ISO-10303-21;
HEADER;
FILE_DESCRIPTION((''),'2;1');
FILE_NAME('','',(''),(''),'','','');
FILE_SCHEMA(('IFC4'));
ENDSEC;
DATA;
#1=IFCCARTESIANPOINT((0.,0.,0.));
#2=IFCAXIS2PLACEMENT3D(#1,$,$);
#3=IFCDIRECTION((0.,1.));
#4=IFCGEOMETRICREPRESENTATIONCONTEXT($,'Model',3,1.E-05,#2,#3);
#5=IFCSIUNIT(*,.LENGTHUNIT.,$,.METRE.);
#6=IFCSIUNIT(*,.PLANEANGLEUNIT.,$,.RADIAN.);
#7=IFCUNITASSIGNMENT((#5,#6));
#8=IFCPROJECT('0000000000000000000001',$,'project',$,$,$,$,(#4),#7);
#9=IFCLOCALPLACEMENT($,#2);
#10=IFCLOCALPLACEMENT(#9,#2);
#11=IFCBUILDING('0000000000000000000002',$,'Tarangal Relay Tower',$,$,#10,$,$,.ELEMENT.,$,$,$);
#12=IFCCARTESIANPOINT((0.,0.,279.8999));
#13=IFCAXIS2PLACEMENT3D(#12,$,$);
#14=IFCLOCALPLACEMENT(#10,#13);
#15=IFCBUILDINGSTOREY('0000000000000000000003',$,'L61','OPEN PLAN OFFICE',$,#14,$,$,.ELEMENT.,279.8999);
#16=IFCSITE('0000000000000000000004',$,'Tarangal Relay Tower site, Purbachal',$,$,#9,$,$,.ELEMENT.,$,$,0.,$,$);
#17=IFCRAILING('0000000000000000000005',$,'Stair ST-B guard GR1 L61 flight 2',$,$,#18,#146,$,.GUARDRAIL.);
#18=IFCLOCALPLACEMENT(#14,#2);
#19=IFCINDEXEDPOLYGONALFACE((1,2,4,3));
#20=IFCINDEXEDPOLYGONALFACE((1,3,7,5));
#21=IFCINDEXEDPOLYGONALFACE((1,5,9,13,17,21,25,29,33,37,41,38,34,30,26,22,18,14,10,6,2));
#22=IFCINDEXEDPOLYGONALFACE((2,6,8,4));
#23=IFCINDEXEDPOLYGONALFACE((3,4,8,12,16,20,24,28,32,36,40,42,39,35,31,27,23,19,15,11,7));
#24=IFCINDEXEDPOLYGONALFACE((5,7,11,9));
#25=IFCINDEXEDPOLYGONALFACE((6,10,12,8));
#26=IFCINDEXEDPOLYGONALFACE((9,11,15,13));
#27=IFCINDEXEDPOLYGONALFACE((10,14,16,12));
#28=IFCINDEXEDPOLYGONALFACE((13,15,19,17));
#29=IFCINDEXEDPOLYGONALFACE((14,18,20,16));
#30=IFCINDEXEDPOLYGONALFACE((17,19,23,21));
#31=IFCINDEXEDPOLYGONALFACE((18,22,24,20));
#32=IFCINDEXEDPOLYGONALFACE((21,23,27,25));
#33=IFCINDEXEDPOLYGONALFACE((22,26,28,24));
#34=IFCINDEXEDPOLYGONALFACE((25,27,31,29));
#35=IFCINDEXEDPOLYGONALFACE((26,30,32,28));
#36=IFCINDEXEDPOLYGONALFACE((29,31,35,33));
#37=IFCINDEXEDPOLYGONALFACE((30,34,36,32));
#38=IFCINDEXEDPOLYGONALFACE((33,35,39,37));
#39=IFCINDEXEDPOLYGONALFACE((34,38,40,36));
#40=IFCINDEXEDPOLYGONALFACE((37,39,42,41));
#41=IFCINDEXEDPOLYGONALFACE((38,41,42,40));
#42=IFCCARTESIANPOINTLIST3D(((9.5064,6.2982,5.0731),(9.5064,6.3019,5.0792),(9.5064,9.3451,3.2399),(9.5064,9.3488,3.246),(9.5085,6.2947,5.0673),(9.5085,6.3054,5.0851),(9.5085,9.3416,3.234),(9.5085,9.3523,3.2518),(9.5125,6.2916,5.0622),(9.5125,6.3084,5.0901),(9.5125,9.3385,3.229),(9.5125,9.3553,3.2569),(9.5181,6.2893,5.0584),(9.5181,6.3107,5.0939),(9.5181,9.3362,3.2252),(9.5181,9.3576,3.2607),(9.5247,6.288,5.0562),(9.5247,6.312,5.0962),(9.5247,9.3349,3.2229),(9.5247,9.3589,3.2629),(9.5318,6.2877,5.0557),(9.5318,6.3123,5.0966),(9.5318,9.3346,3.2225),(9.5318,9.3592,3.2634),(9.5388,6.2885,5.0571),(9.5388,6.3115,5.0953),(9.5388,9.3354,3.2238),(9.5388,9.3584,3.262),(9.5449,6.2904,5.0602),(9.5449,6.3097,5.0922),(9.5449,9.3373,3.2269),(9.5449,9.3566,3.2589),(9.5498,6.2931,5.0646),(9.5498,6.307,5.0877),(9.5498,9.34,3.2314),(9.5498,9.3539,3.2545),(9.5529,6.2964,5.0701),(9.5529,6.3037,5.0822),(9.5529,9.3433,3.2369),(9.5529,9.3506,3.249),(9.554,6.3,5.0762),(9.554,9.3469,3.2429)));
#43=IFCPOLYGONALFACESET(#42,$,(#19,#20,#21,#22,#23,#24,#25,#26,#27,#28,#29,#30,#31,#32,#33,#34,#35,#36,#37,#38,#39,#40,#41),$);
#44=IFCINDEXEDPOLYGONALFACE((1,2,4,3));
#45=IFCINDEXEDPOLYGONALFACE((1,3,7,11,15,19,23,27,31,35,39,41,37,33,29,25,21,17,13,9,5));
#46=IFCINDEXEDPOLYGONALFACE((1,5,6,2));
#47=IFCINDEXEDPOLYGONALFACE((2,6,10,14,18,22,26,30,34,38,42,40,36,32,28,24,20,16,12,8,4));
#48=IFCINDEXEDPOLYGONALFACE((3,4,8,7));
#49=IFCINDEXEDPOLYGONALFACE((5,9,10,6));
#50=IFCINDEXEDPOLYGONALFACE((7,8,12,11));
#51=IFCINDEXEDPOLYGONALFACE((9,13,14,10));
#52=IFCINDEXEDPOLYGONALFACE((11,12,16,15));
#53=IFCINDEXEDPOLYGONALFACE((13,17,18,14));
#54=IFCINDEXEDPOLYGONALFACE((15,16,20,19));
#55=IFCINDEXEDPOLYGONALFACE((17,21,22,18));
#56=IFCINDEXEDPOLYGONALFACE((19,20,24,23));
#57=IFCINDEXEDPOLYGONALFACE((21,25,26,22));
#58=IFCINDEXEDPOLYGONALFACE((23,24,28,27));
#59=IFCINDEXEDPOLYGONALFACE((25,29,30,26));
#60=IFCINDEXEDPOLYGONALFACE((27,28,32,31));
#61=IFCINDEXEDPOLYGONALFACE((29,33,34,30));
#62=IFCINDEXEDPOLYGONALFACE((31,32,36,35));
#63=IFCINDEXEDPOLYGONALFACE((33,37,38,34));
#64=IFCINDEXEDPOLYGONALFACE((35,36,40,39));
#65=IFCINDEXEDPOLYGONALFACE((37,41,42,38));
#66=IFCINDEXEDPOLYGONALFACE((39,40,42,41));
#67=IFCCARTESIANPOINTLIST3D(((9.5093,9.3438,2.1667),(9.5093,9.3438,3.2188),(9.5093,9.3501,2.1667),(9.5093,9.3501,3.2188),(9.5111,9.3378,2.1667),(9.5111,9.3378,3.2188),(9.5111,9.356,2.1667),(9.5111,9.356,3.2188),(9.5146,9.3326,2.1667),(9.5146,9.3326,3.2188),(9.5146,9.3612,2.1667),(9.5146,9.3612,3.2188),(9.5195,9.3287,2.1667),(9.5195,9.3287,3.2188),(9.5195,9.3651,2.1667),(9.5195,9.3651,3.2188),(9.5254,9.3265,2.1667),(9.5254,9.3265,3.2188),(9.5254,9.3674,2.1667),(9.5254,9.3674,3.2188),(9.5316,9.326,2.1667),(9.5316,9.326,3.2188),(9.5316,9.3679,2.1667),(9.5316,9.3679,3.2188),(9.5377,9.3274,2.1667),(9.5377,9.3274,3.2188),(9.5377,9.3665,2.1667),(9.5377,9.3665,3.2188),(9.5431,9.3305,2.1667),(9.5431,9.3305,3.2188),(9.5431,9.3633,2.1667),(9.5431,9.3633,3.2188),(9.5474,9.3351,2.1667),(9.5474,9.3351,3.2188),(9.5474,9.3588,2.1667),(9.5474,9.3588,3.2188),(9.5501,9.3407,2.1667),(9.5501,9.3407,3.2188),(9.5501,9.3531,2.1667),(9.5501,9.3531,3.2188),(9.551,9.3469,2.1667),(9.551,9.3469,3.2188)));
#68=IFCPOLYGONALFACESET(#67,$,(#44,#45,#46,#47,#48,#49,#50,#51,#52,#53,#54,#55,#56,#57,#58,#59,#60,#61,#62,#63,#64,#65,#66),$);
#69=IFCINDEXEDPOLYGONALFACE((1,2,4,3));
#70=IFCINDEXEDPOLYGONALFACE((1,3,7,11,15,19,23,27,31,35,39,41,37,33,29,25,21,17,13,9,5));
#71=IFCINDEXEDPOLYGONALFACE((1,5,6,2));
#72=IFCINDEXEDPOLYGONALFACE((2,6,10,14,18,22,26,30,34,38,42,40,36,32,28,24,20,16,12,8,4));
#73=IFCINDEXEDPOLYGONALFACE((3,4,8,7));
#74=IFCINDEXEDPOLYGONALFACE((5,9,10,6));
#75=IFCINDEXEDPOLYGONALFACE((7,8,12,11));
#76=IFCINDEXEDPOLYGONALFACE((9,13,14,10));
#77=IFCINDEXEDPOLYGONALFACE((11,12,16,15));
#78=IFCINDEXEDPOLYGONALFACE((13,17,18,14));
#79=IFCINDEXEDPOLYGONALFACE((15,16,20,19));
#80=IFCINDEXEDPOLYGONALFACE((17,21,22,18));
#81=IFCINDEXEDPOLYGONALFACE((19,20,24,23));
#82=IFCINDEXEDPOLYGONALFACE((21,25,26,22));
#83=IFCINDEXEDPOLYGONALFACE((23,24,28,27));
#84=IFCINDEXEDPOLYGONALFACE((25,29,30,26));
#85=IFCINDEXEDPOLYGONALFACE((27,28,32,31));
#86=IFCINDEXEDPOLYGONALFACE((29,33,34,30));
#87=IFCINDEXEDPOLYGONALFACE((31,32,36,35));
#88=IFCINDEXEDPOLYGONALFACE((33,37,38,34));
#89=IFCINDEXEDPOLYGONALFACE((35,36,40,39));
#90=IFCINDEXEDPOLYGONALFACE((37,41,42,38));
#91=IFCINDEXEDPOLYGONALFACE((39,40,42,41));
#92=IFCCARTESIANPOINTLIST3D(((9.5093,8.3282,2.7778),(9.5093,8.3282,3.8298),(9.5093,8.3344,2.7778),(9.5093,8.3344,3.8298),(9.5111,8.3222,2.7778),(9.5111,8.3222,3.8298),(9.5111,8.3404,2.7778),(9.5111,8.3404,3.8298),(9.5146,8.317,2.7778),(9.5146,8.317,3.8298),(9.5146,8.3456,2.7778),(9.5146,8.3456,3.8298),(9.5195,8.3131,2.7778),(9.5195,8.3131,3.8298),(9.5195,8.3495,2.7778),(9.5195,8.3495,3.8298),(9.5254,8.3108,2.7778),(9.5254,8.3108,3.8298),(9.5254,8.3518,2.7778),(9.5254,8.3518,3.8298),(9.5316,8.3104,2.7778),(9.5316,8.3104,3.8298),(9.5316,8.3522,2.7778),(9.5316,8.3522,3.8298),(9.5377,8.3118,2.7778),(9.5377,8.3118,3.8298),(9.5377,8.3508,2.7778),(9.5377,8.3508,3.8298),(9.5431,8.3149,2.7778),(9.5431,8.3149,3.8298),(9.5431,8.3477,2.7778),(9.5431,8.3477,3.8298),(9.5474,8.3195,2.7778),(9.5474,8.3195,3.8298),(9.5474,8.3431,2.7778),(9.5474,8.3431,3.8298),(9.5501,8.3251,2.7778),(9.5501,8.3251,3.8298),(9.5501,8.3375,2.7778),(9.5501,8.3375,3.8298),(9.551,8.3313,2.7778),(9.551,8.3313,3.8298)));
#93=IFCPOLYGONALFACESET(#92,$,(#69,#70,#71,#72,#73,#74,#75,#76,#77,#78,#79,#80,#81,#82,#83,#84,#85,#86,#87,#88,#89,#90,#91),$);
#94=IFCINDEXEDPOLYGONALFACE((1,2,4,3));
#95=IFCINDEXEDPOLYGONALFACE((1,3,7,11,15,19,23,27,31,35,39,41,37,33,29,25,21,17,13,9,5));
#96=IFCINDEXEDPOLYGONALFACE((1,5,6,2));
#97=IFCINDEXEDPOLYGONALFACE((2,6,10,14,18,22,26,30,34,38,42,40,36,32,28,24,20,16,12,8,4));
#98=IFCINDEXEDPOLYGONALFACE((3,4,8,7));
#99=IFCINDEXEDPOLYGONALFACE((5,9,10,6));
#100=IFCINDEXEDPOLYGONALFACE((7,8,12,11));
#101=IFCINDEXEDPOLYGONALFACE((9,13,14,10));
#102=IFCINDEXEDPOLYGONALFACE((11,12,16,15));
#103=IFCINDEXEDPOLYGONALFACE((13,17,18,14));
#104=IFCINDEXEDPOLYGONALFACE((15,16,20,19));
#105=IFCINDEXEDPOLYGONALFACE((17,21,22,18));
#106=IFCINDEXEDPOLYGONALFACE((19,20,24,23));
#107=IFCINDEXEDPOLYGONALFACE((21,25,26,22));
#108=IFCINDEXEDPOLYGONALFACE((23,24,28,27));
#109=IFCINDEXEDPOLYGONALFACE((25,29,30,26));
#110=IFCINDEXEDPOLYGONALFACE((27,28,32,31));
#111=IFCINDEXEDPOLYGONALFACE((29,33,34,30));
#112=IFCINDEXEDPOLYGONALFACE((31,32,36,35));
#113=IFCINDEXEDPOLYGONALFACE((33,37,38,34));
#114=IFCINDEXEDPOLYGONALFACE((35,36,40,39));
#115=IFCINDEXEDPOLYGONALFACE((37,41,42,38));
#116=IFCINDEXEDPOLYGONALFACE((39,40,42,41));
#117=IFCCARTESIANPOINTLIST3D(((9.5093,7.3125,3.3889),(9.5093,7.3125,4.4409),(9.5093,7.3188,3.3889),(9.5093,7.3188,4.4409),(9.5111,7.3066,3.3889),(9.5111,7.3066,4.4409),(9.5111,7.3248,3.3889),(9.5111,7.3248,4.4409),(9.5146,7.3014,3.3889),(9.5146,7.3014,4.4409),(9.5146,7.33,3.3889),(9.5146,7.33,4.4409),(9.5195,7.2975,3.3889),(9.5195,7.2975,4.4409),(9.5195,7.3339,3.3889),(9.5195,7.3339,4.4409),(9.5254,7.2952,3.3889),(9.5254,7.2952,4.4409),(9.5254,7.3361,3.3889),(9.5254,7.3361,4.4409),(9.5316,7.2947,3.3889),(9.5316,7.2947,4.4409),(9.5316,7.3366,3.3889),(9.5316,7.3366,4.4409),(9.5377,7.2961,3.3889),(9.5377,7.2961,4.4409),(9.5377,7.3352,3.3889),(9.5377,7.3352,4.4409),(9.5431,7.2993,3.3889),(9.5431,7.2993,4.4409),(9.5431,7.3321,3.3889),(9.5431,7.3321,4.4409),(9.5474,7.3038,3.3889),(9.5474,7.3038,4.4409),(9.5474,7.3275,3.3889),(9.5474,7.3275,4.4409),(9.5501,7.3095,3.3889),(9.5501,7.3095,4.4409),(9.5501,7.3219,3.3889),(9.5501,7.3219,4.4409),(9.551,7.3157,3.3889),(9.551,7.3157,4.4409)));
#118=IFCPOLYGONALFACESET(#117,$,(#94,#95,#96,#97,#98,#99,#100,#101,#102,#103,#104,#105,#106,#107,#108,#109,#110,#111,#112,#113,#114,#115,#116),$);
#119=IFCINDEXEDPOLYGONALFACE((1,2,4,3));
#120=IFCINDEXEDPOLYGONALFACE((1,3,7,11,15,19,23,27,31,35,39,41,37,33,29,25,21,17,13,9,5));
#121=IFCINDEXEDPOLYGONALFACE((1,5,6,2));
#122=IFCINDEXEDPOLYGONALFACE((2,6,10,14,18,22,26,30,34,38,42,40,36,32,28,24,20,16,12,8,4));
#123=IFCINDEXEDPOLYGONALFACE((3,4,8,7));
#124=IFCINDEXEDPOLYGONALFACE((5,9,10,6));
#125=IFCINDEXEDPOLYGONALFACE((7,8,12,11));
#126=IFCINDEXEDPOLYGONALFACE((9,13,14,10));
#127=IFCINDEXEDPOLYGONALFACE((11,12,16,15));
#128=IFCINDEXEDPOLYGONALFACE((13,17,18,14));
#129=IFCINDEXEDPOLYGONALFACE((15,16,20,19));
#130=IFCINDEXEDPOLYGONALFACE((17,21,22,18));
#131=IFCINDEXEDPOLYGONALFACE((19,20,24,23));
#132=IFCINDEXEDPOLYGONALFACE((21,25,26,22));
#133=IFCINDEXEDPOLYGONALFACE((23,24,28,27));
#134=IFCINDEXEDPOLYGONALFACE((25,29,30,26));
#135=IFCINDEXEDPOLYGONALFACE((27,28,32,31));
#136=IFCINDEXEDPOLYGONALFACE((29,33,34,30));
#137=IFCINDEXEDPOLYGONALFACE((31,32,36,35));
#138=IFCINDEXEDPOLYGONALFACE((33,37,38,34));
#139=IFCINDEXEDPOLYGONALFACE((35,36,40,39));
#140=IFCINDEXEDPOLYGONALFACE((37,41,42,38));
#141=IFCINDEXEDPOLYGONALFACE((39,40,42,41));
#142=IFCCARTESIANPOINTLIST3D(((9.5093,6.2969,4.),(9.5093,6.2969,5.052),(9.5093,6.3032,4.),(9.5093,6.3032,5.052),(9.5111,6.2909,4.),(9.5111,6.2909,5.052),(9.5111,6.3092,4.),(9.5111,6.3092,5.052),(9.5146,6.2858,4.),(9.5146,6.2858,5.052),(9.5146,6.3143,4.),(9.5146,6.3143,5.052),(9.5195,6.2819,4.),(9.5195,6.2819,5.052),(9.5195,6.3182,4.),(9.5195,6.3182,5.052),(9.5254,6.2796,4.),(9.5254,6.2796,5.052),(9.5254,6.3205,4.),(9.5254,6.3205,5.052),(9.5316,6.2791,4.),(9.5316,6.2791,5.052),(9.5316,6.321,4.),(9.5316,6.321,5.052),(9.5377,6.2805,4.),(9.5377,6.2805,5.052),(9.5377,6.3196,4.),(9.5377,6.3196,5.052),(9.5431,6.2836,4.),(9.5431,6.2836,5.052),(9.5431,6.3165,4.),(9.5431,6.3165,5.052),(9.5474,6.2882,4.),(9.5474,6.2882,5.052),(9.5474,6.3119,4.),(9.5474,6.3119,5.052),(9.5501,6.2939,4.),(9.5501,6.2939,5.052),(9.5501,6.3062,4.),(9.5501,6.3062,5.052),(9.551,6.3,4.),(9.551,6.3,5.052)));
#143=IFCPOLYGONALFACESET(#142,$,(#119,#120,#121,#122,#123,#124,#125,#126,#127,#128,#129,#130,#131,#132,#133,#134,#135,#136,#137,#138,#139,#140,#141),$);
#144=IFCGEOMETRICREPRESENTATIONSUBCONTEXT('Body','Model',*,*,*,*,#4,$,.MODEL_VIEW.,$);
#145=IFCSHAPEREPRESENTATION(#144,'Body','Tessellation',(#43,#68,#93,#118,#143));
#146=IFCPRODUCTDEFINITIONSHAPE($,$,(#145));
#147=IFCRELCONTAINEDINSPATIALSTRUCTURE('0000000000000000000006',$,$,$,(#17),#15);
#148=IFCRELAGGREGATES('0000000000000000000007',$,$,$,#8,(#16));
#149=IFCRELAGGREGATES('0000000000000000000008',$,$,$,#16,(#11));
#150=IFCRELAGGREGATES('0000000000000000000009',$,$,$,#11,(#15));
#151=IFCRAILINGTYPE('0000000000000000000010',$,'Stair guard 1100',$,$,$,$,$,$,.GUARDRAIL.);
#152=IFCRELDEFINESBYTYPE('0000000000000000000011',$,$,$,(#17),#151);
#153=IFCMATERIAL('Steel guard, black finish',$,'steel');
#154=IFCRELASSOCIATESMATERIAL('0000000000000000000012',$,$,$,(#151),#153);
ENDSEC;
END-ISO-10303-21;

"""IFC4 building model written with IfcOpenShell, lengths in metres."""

from ifc_helpers import new_model, si_unit, direction, frame, origin, origin_2d, place, context, subcontext, project, spatial, circle, extrude, material, type_object, element, save


model = new_model("IFC4")

# Units and contexts
model_context = context("Model", 3, precision=1e-05, world=origin(), true_north=direction((0.0, 1.0)))
body_context = subcontext(model_context, "Body", "Model", "MODEL_VIEW")
ifc_project = project(units=[si_unit("LENGTHUNIT", "METRE"), si_unit("PLANEANGLEUNIT", "RADIAN")], contexts=[model_context])

# Site, building, storey
site_placement = place(None, origin())
site = spatial("IfcSite", under=ifc_project, at=site_placement, Name="Tarangal Relay Tower site, Purbachal", CompositionType="ELEMENT", RefElevation=0.0)
building_placement = place(site_placement, origin())
building = spatial("IfcBuilding", under=site, at=building_placement, Name="Tarangal Relay Tower", CompositionType="ELEMENT")
storey_placement = place(building_placement, frame((0.0, 0.0, 279.8999)))
storey = spatial("IfcBuildingStorey", under=building, at=storey_placement, Name="L61", Description="OPEN PLAN OFFICE", CompositionType="ELEMENT", Elevation=279.8999)

# Railing
ifc_material_1 = material(Name="Steel guard, black finish", Category="steel")
railing_type_1 = type_object("IfcRailingType", Name="Stair guard 1100", PredefinedType="GUARDRAIL", material=ifc_material_1)
railing_1_placement = place(storey_placement, frame((9.53, 9.3469, 2.1667)))
element("IfcRailing", 1, at=railing_1_placement, inside=storey, type_object=railing_type_1, Name="Stair ST-B guard GR1 L61 flight 2", PredefinedType="GUARDRAIL", context=body_context, shape_type="SweptSolid", body=[
    extrude(circle(Radius=0.0239, at=origin_2d()), frame((0.0, 0.0, 1.0762), z_axis=(0.0, -0.856856, 0.515556), x_axis=(1.0, 0.0, 0.0)), (0.0, 0.0, 1.0), 3.5559),
    extrude(circle(Radius=0.021, at=origin_2d()), origin(), (0.0, 0.0, 1.0), 1.052),
    extrude(circle(Radius=0.021, at=origin_2d()), frame((0.0, -1.0156, 0.6111)), (0.0, 0.0, 1.0), 1.052),
    extrude(circle(Radius=0.021, at=origin_2d()), frame((0.0, -2.0312, 1.2222)), (0.0, 0.0, 1.0), 1.052),
    extrude(circle(Radius=0.021, at=origin_2d()), frame((0.0, -3.0469, 1.8333)), (0.0, 0.0, 1.0), 1.052),
])

save(model, "model.ifc")
